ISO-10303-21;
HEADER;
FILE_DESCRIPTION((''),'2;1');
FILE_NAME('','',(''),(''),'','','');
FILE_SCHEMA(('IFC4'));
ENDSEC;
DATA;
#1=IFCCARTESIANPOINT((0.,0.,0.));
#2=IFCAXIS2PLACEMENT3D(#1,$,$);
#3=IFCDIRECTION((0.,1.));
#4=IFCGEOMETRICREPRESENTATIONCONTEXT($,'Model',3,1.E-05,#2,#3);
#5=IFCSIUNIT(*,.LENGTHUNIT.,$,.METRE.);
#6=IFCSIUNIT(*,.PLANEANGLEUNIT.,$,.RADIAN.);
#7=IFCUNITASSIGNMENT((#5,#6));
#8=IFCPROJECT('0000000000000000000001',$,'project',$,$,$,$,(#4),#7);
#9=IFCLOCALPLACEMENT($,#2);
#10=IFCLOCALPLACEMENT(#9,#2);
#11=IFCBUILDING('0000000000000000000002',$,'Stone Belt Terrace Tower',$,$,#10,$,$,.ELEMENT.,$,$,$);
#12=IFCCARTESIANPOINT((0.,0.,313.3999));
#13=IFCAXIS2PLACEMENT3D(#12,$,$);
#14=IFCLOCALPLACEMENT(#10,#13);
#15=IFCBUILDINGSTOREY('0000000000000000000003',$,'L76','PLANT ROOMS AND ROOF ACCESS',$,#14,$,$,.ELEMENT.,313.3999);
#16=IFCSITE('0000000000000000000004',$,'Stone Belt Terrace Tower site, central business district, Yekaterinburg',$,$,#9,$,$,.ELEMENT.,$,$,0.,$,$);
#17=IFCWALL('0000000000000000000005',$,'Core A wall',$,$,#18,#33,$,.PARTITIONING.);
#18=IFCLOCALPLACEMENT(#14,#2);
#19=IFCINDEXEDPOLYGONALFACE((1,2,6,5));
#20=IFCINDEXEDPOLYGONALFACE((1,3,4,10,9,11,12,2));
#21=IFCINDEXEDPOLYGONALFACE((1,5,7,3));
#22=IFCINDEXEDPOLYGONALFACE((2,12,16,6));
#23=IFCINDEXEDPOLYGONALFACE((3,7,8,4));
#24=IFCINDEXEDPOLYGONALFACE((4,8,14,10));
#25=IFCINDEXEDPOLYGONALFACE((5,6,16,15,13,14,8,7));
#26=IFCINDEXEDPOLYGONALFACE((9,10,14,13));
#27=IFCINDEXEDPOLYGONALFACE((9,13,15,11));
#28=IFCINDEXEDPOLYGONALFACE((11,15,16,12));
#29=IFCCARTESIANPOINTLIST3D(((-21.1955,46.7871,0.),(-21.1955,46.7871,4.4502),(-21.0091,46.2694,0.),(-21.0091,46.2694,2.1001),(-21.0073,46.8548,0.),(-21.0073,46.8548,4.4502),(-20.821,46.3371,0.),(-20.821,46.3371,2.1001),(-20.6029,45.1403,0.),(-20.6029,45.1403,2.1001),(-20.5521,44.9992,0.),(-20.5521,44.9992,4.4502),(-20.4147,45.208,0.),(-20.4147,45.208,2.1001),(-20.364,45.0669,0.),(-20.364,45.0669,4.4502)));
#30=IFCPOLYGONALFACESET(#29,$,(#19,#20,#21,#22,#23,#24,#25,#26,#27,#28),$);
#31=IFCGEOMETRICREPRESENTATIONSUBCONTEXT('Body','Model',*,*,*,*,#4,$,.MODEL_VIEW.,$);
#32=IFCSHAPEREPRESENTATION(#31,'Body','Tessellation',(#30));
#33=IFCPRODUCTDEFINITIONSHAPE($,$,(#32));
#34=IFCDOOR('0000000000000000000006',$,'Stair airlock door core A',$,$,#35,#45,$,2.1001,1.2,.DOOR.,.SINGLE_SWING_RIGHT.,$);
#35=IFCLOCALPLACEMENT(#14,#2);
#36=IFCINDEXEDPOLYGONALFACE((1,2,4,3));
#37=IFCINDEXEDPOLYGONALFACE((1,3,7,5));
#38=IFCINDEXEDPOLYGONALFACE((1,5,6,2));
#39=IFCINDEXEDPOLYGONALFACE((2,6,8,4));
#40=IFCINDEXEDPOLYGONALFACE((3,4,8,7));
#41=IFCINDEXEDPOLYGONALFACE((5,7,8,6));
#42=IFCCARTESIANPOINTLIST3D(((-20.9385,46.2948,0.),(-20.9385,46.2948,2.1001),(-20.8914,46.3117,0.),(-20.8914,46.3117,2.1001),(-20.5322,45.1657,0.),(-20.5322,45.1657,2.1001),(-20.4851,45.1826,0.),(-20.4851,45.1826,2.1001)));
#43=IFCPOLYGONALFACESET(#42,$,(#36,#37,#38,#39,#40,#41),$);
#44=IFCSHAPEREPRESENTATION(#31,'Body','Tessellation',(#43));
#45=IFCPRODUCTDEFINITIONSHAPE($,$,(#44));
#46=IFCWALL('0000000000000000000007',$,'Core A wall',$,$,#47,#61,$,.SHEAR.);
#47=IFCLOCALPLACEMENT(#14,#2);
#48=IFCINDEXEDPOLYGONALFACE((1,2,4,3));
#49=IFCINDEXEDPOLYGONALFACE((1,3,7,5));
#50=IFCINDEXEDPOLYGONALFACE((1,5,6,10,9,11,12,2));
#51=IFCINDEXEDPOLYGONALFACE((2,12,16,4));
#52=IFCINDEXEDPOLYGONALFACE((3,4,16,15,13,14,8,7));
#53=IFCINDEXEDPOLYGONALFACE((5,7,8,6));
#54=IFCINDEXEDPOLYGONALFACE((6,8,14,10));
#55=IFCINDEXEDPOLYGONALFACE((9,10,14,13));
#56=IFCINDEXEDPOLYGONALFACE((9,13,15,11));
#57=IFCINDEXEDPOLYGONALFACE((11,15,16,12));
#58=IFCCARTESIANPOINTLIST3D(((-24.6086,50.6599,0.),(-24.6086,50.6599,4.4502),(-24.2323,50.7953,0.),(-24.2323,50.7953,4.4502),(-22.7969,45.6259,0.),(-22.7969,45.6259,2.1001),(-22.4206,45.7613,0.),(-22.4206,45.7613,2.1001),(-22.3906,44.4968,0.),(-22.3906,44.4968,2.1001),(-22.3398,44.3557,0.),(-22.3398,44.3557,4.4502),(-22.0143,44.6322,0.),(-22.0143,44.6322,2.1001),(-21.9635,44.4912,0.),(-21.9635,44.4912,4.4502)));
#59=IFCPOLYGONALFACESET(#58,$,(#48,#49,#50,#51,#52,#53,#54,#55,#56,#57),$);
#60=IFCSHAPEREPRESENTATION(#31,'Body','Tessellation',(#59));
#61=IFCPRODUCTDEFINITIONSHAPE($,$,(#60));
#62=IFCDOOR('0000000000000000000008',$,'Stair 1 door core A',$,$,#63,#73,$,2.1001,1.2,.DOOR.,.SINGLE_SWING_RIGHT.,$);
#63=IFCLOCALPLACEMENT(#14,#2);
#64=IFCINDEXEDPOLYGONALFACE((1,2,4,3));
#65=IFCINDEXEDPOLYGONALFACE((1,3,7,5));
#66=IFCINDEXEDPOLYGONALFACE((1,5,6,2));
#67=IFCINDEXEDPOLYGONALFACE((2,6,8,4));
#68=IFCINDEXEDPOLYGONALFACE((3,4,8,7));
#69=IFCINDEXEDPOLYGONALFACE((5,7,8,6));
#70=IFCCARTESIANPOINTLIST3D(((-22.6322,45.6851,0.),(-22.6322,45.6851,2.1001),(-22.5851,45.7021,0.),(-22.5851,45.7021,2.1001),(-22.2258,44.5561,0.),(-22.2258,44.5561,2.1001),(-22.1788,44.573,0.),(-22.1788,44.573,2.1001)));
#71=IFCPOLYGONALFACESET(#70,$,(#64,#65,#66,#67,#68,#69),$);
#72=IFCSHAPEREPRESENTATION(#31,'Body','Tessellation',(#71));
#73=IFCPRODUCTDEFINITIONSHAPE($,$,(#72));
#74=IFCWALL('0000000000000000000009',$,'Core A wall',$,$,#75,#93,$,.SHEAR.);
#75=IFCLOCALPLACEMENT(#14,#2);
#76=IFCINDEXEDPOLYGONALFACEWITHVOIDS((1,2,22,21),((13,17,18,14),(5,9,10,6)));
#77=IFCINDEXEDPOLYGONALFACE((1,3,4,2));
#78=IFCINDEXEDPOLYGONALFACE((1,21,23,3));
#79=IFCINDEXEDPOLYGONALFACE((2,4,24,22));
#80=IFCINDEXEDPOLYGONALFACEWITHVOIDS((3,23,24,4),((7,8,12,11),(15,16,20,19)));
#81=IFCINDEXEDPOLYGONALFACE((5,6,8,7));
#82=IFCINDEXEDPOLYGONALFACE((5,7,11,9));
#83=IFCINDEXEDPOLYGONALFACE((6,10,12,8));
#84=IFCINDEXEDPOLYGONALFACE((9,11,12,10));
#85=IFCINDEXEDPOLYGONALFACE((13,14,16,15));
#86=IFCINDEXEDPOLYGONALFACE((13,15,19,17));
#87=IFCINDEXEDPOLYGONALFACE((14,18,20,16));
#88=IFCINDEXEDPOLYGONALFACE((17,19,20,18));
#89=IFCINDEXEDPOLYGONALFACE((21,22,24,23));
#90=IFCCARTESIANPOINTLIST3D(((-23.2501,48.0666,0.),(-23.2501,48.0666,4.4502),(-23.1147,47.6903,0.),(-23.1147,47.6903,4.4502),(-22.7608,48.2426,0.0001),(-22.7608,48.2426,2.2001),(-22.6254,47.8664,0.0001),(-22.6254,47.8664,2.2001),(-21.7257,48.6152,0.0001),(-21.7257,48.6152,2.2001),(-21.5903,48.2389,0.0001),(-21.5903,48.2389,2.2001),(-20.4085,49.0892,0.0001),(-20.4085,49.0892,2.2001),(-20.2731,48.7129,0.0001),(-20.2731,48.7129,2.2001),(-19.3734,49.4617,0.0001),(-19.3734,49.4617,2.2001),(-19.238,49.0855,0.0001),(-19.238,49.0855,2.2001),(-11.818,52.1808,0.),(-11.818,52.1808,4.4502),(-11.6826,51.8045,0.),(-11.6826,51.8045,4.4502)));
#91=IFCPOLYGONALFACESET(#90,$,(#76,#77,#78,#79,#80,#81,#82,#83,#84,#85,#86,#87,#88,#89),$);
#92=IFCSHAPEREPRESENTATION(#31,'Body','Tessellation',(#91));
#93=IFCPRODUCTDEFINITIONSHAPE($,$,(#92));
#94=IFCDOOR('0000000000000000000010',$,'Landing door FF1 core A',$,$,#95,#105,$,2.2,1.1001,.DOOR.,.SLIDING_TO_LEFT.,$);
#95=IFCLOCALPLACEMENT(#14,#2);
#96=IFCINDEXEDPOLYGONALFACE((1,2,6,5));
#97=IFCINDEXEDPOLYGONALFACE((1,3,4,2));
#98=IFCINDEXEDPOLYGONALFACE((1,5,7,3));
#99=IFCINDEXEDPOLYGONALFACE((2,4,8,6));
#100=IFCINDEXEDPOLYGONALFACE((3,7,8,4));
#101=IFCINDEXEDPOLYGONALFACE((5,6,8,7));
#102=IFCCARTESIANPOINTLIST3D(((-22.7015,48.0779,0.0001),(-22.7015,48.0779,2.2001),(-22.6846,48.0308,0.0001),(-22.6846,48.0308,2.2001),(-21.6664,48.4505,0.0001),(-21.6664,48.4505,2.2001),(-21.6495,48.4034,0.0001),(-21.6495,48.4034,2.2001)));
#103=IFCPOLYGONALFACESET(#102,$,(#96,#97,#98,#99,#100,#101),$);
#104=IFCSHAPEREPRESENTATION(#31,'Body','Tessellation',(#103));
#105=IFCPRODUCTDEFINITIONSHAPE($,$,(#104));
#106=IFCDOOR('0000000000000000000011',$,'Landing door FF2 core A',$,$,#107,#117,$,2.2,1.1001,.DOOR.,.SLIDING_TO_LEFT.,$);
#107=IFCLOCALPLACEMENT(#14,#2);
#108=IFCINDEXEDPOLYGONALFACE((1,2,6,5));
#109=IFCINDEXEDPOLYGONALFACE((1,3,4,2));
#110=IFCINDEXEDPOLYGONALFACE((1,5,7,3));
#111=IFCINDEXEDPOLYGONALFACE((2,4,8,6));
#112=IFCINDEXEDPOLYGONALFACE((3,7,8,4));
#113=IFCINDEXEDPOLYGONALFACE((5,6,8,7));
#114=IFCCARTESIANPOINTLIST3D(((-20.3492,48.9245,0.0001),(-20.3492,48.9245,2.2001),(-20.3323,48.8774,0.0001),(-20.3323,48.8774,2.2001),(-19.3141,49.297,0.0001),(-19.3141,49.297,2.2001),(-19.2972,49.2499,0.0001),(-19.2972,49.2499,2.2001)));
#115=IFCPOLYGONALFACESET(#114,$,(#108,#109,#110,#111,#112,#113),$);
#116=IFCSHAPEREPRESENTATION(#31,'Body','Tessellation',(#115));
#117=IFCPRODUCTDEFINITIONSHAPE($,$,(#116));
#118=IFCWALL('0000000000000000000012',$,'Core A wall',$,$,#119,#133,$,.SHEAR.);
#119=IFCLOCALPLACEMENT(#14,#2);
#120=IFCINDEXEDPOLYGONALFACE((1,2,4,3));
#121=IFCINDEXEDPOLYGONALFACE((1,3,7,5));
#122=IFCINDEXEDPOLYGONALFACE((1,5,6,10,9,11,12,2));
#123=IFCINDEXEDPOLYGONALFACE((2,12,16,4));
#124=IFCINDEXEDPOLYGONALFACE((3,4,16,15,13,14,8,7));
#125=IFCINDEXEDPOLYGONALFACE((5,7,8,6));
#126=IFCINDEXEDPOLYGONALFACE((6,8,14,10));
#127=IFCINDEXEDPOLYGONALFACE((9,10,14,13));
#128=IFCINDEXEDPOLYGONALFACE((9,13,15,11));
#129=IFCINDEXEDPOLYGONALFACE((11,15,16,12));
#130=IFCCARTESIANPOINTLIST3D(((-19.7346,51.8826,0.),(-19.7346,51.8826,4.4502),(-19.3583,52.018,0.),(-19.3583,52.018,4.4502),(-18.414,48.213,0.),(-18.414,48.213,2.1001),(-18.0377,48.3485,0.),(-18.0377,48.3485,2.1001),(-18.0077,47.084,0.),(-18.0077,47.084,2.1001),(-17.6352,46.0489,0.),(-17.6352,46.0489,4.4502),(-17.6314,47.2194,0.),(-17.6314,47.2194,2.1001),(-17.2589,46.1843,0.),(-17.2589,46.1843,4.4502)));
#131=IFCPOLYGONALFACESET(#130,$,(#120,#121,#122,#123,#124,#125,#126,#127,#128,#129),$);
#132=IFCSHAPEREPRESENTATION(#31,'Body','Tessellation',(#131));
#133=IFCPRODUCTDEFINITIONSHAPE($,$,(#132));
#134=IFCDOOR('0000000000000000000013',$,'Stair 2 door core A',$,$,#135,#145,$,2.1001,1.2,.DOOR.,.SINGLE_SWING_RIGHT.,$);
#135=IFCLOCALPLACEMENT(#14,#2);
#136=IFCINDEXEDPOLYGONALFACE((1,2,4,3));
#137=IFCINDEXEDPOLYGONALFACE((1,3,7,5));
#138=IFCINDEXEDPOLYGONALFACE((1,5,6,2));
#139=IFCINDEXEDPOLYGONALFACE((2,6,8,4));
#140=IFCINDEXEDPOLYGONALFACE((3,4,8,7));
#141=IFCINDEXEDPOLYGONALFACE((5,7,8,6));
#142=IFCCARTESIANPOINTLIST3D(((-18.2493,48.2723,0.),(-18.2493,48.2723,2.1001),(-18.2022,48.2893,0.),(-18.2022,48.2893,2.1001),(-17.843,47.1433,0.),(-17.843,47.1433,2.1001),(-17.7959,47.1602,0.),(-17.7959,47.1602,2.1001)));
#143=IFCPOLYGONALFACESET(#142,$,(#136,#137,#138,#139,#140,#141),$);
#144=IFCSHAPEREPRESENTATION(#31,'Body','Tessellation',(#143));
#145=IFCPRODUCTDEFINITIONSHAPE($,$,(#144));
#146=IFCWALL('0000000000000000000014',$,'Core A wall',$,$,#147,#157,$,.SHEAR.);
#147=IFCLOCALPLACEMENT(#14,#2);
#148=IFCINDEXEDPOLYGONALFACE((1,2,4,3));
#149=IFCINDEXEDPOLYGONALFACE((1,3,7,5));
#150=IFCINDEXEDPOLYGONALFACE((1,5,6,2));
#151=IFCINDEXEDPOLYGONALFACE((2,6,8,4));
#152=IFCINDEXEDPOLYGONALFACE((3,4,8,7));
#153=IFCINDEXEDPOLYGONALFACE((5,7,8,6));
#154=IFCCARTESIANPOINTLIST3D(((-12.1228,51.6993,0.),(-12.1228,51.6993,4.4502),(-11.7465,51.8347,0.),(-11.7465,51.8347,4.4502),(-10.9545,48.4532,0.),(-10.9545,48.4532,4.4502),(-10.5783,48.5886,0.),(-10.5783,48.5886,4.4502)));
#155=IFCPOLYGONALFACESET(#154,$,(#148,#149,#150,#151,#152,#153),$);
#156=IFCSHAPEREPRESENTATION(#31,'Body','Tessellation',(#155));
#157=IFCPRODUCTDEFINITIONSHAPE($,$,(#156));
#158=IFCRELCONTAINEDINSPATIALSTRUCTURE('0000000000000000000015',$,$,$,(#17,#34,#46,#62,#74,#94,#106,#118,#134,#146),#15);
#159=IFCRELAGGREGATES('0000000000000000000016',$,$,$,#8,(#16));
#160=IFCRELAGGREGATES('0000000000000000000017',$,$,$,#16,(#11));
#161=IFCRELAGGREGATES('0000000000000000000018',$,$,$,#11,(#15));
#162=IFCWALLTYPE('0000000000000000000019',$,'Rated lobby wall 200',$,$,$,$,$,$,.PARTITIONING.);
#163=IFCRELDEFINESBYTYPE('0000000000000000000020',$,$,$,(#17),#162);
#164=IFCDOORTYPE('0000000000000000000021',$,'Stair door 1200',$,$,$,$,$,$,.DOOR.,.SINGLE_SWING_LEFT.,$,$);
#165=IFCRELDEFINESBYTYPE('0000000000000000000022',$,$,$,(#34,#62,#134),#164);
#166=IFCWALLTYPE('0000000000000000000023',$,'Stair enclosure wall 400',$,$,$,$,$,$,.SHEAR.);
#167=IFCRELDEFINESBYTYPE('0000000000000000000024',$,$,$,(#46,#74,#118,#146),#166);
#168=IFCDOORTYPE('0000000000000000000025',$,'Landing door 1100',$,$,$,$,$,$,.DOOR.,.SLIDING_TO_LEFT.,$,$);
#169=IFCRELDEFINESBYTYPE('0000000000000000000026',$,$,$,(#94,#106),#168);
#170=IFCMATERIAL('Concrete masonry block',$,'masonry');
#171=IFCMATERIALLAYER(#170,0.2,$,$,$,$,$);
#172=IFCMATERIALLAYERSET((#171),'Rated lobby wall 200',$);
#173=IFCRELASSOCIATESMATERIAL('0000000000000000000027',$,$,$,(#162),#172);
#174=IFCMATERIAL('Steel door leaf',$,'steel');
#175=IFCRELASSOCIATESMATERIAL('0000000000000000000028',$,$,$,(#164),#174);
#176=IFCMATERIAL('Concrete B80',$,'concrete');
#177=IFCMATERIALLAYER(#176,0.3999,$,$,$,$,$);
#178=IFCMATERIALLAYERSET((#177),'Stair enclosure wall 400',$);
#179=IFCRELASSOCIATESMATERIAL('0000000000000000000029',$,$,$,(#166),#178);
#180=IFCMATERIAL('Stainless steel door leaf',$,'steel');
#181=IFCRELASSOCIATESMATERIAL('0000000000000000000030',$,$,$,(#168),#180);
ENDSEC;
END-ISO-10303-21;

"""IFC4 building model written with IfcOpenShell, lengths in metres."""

from ifc_helpers import new_model, si_unit, direction, frame, frame_2d, origin, place, context, subcontext, project, spatial, rectangle, extrude, material, layer, layer_set, type_object, element, fill, save


model = new_model("IFC4")

# Units and contexts
model_context = context("Model", 3, precision=1e-05, world=origin(), true_north=direction((0.0, 1.0)))
body_context = subcontext(model_context, "Body", "Model", "MODEL_VIEW")
ifc_project = project(units=[si_unit("LENGTHUNIT", "METRE"), si_unit("PLANEANGLEUNIT", "RADIAN")], contexts=[model_context])

# Site, building, storey
site_placement = place(None, origin())
site = spatial("IfcSite", under=ifc_project, at=site_placement, Name="Stone Belt Terrace Tower site, central business district, Yekaterinburg", CompositionType="ELEMENT", RefElevation=0.0)
building_placement = place(site_placement, origin())
building = spatial("IfcBuilding", under=site, at=building_placement, Name="Stone Belt Terrace Tower", CompositionType="ELEMENT")
storey_placement = place(building_placement, frame((0.0, 0.0, 313.3999)))
storey = spatial("IfcBuildingStorey", under=building, at=storey_placement, Name="L76", Description="PLANT ROOMS AND ROOF ACCESS", CompositionType="ELEMENT", Elevation=313.3999)

# Shared definitions
ifc_material_1 = material(Name="Concrete masonry block", Category="masonry")
ifc_layer_1 = layer(ifc_material_1, 0.2)
ifc_layer_set_1 = layer_set([ifc_layer_1], Name="Rated lobby wall 200")
wall_type_1 = type_object("IfcWallType", Name="Rated lobby wall 200", PredefinedType="PARTITIONING", material=ifc_layer_set_1)

# Walls, openings, doors
wall_1_placement = place(storey_placement, frame((-20.458, 45.033, 0.0), z_axis=(0.0, 0.0, 1.0), x_axis=(-0.338574, 0.94094, 0.0)))
wall_1 = element("IfcWall", 1, at=wall_1_placement, inside=storey, type_object=wall_type_1, Name="Core A wall", PredefinedType="PARTITIONING", context=body_context, shape_type="SweptSolid", body=[
    extrude(rectangle(XDim=1.9001, YDim=0.2, at=frame_2d((0.9502, 0.0))), origin(), (0.0, 0.0, 1.0), 4.4502),
])
opening_1_placement = place(wall_1_placement, frame((0.1499, 0.0, 0.0)))
opening_1 = element("IfcOpeningElement", 2, at=opening_1_placement, cuts=wall_1, PredefinedType="OPENING", context=body_context, shape_type="SweptSolid", body=[
    extrude(rectangle(XDim=1.2, YDim=2.1001, at=frame_2d((0.6001, 1.05))), frame((0.0, 0.1099, 0.0), z_axis=(0.0, -1.0, 0.0), x_axis=(1.0, 0.0, 0.0)), (0.0, 0.0, 1.0), 0.22),
])
ifc_material_2 = material(Name="Steel door leaf", Category="steel")
door_type_1 = type_object("IfcDoorType", Name="Stair door 1200", OperationType="SINGLE_SWING_LEFT", PredefinedType="DOOR", material=ifc_material_2)
door_1_placement = place(opening_1_placement, origin())
door_1 = element("IfcDoor", 3, at=door_1_placement, inside=storey, type_object=door_type_1, Name="Stair airlock door core A", OperationType="SINGLE_SWING_RIGHT", OverallHeight=2.1001, OverallWidth=1.2, PredefinedType="DOOR", context=body_context, shape_type="SweptSolid", body=[
    extrude(rectangle(XDim=1.2, YDim=2.1001, at=frame_2d((0.6001, 1.05))), frame((0.0, 0.0249, 0.0), z_axis=(0.0, -1.0, 0.0), x_axis=(1.0, 0.0, 0.0)), (0.0, 0.0, 1.0), 0.05),
])
fill(opening_1, door_1)
ifc_material_3 = material(Name="Concrete B80", Category="concrete")
ifc_layer_2 = layer(ifc_material_3, 0.3999)
ifc_layer_set_2 = layer_set([ifc_layer_2], Name="Stair enclosure wall 400")
wall_type_2 = type_object("IfcWallType", Name="Stair enclosure wall 400", PredefinedType="SHEAR", material=ifc_layer_set_2)
wall_2_placement = place(storey_placement, frame((-22.1516, 44.4233, 0.0), z_axis=(0.0, 0.0, 1.0), x_axis=(-0.338625, 0.940921, 0.0)))
wall_2 = element("IfcWall", 4, at=wall_2_placement, inside=storey, type_object=wall_type_2, Name="Core A wall", PredefinedType="SHEAR", context=body_context, shape_type="SweptSolid", body=[
    extrude(rectangle(XDim=6.7, YDim=0.3999, at=frame_2d((3.3501, 0.0))), origin(), (0.0, 0.0, 1.0), 4.4502),
])
opening_2_placement = place(wall_2_placement, frame((0.1499, 0.0, 0.0)))
opening_2 = element("IfcOpeningElement", 5, at=opening_2_placement, cuts=wall_2, PredefinedType="OPENING", context=body_context, shape_type="SweptSolid", body=[
    extrude(rectangle(XDim=1.2, YDim=2.1001, at=frame_2d((0.6001, 1.05))), frame((0.0, 0.21, 0.0), z_axis=(0.0, -1.0, 0.0), x_axis=(1.0, 0.0, 0.0)), (0.0, 0.0, 1.0), 0.4199),
])
door_2_placement = place(opening_2_placement, origin())
door_2 = element("IfcDoor", 6, at=door_2_placement, inside=storey, type_object=door_type_1, Name="Stair 1 door core A", OperationType="SINGLE_SWING_RIGHT", OverallHeight=2.1001, OverallWidth=1.2, PredefinedType="DOOR", context=body_context, shape_type="SweptSolid", body=[
    extrude(rectangle(XDim=1.2, YDim=2.1001, at=frame_2d((0.6001, 1.05))), frame((0.0, 0.0249, 0.0), z_axis=(0.0, -1.0, 0.0), x_axis=(1.0, 0.0, 0.0)), (0.0, 0.0, 1.0), 0.05),
])
fill(opening_2, door_2)

# Wall, openings, doors
wall_3_placement = place(storey_placement, frame((-23.1824, 47.8784, 0.0), z_axis=(0.0, 0.0, 1.0), x_axis=(0.940922, 0.338624, 0.0)))
wall_3 = element("IfcWall", 7, at=wall_3_placement, inside=storey, type_object=wall_type_2, Name="Core A wall", PredefinedType="SHEAR", context=body_context, shape_type="SweptSolid", body=[
    extrude(rectangle(XDim=12.1499, YDim=0.3999, at=frame_2d((6.075, 0.0))), origin(), (0.0, 0.0, 1.0), 4.4502),
])
opening_3_placement = place(wall_3_placement, frame((0.52, 0.0, 0.0)))
opening_3 = element("IfcOpeningElement", 8, at=opening_3_placement, cuts=wall_3, PredefinedType="OPENING", context=body_context, shape_type="SweptSolid", body=[
    extrude(rectangle(XDim=1.1001, YDim=2.2, at=frame_2d((0.55, 1.1001))), frame((0.0, 0.21, 0.0), z_axis=(0.0, -1.0, 0.0), x_axis=(1.0, 0.0, 0.0)), (0.0, 0.0, 1.0), 0.4199),
])
opening_4_placement = place(wall_3_placement, frame((3.02, 0.0, 0.0)))
opening_4 = element("IfcOpeningElement", 9, at=opening_4_placement, cuts=wall_3, PredefinedType="OPENING", context=body_context, shape_type="SweptSolid", body=[
    extrude(rectangle(XDim=1.1001, YDim=2.2, at=frame_2d((0.55, 1.1001))), frame((0.0, 0.21, 0.0), z_axis=(0.0, -1.0, 0.0), x_axis=(1.0, 0.0, 0.0)), (0.0, 0.0, 1.0), 0.4199),
])
ifc_material_4 = material(Name="Stainless steel door leaf", Category="steel")
door_type_2 = type_object("IfcDoorType", Name="Landing door 1100", OperationType="SLIDING_TO_LEFT", PredefinedType="DOOR", material=ifc_material_4)
door_3_placement = place(opening_3_placement, origin())
door_3 = element("IfcDoor", 10, at=door_3_placement, inside=storey, type_object=door_type_2, Name="Landing door FF1 core A", OperationType="SLIDING_TO_LEFT", OverallHeight=2.2, OverallWidth=1.1001, PredefinedType="DOOR", context=body_context, shape_type="SweptSolid", body=[
    extrude(rectangle(XDim=1.1001, YDim=2.2, at=frame_2d((0.55, 1.1001))), frame((0.0, 0.0249, 0.0), z_axis=(0.0, -1.0, 0.0), x_axis=(1.0, 0.0, 0.0)), (0.0, 0.0, 1.0), 0.05),
])
fill(opening_3, door_3)
door_4_placement = place(opening_4_placement, origin())
door_4 = element("IfcDoor", 11, at=door_4_placement, inside=storey, type_object=door_type_2, Name="Landing door FF2 core A", OperationType="SLIDING_TO_LEFT", OverallHeight=2.2, OverallWidth=1.1001, PredefinedType="DOOR", context=body_context, shape_type="SweptSolid", body=[
    extrude(rectangle(XDim=1.1001, YDim=2.2, at=frame_2d((0.55, 1.1001))), frame((0.0, 0.0249, 0.0), z_axis=(0.0, -1.0, 0.0), x_axis=(1.0, 0.0, 0.0)), (0.0, 0.0, 1.0), 0.05),
])
fill(opening_4, door_4)

# Wall, opening, door
wall_4_placement = place(storey_placement, frame((-17.447, 46.1165, 0.0), z_axis=(0.0, 0.0, 1.0), x_axis=(-0.338608, 0.940928, 0.0)))
wall_4 = element("IfcWall", 12, at=wall_4_placement, inside=storey, type_object=wall_type_2, Name="Core A wall", PredefinedType="SHEAR", context=body_context, shape_type="SweptSolid", body=[
    extrude(rectangle(XDim=6.2, YDim=0.3999, at=frame_2d((3.1001, 0.0))), origin(), (0.0, 0.0, 1.0), 4.4502),
])
opening_5_placement = place(wall_4_placement, frame((1.1001, 0.0, 0.0)))
opening_5 = element("IfcOpeningElement", 13, at=opening_5_placement, cuts=wall_4, PredefinedType="OPENING", context=body_context, shape_type="SweptSolid", body=[
    extrude(rectangle(XDim=1.2, YDim=2.1001, at=frame_2d((0.6001, 1.05))), frame((0.0, 0.21, 0.0), z_axis=(0.0, -1.0, 0.0), x_axis=(1.0, 0.0, 0.0)), (0.0, 0.0, 1.0), 0.4199),
])
door_5_placement = place(opening_5_placement, origin())
door_5 = element("IfcDoor", 14, at=door_5_placement, inside=storey, type_object=door_type_1, Name="Stair 2 door core A", OperationType="SINGLE_SWING_RIGHT", OverallHeight=2.1001, OverallWidth=1.2, PredefinedType="DOOR", context=body_context, shape_type="SweptSolid", body=[
    extrude(rectangle(XDim=1.2, YDim=2.1001, at=frame_2d((0.6001, 1.05))), frame((0.0, 0.0249, 0.0), z_axis=(0.0, -1.0, 0.0), x_axis=(1.0, 0.0, 0.0)), (0.0, 0.0, 1.0), 0.05),
])
fill(opening_5, door_5)

# Wall
wall_5_placement = place(storey_placement, frame((-10.7664, 48.5208, 0.0), z_axis=(0.0, 0.0, 1.0), x_axis=(-0.338622, 0.940923, 0.0)))
element("IfcWall", 15, at=wall_5_placement, inside=storey, type_object=wall_type_2, Name="Core A wall", PredefinedType="SHEAR", context=body_context, shape_type="SweptSolid", body=[
    extrude(rectangle(XDim=3.45, YDim=0.3999, at=frame_2d((1.7251, 0.0))), origin(), (0.0, 0.0, 1.0), 4.4502),
])

save(model, "model.ifc")
